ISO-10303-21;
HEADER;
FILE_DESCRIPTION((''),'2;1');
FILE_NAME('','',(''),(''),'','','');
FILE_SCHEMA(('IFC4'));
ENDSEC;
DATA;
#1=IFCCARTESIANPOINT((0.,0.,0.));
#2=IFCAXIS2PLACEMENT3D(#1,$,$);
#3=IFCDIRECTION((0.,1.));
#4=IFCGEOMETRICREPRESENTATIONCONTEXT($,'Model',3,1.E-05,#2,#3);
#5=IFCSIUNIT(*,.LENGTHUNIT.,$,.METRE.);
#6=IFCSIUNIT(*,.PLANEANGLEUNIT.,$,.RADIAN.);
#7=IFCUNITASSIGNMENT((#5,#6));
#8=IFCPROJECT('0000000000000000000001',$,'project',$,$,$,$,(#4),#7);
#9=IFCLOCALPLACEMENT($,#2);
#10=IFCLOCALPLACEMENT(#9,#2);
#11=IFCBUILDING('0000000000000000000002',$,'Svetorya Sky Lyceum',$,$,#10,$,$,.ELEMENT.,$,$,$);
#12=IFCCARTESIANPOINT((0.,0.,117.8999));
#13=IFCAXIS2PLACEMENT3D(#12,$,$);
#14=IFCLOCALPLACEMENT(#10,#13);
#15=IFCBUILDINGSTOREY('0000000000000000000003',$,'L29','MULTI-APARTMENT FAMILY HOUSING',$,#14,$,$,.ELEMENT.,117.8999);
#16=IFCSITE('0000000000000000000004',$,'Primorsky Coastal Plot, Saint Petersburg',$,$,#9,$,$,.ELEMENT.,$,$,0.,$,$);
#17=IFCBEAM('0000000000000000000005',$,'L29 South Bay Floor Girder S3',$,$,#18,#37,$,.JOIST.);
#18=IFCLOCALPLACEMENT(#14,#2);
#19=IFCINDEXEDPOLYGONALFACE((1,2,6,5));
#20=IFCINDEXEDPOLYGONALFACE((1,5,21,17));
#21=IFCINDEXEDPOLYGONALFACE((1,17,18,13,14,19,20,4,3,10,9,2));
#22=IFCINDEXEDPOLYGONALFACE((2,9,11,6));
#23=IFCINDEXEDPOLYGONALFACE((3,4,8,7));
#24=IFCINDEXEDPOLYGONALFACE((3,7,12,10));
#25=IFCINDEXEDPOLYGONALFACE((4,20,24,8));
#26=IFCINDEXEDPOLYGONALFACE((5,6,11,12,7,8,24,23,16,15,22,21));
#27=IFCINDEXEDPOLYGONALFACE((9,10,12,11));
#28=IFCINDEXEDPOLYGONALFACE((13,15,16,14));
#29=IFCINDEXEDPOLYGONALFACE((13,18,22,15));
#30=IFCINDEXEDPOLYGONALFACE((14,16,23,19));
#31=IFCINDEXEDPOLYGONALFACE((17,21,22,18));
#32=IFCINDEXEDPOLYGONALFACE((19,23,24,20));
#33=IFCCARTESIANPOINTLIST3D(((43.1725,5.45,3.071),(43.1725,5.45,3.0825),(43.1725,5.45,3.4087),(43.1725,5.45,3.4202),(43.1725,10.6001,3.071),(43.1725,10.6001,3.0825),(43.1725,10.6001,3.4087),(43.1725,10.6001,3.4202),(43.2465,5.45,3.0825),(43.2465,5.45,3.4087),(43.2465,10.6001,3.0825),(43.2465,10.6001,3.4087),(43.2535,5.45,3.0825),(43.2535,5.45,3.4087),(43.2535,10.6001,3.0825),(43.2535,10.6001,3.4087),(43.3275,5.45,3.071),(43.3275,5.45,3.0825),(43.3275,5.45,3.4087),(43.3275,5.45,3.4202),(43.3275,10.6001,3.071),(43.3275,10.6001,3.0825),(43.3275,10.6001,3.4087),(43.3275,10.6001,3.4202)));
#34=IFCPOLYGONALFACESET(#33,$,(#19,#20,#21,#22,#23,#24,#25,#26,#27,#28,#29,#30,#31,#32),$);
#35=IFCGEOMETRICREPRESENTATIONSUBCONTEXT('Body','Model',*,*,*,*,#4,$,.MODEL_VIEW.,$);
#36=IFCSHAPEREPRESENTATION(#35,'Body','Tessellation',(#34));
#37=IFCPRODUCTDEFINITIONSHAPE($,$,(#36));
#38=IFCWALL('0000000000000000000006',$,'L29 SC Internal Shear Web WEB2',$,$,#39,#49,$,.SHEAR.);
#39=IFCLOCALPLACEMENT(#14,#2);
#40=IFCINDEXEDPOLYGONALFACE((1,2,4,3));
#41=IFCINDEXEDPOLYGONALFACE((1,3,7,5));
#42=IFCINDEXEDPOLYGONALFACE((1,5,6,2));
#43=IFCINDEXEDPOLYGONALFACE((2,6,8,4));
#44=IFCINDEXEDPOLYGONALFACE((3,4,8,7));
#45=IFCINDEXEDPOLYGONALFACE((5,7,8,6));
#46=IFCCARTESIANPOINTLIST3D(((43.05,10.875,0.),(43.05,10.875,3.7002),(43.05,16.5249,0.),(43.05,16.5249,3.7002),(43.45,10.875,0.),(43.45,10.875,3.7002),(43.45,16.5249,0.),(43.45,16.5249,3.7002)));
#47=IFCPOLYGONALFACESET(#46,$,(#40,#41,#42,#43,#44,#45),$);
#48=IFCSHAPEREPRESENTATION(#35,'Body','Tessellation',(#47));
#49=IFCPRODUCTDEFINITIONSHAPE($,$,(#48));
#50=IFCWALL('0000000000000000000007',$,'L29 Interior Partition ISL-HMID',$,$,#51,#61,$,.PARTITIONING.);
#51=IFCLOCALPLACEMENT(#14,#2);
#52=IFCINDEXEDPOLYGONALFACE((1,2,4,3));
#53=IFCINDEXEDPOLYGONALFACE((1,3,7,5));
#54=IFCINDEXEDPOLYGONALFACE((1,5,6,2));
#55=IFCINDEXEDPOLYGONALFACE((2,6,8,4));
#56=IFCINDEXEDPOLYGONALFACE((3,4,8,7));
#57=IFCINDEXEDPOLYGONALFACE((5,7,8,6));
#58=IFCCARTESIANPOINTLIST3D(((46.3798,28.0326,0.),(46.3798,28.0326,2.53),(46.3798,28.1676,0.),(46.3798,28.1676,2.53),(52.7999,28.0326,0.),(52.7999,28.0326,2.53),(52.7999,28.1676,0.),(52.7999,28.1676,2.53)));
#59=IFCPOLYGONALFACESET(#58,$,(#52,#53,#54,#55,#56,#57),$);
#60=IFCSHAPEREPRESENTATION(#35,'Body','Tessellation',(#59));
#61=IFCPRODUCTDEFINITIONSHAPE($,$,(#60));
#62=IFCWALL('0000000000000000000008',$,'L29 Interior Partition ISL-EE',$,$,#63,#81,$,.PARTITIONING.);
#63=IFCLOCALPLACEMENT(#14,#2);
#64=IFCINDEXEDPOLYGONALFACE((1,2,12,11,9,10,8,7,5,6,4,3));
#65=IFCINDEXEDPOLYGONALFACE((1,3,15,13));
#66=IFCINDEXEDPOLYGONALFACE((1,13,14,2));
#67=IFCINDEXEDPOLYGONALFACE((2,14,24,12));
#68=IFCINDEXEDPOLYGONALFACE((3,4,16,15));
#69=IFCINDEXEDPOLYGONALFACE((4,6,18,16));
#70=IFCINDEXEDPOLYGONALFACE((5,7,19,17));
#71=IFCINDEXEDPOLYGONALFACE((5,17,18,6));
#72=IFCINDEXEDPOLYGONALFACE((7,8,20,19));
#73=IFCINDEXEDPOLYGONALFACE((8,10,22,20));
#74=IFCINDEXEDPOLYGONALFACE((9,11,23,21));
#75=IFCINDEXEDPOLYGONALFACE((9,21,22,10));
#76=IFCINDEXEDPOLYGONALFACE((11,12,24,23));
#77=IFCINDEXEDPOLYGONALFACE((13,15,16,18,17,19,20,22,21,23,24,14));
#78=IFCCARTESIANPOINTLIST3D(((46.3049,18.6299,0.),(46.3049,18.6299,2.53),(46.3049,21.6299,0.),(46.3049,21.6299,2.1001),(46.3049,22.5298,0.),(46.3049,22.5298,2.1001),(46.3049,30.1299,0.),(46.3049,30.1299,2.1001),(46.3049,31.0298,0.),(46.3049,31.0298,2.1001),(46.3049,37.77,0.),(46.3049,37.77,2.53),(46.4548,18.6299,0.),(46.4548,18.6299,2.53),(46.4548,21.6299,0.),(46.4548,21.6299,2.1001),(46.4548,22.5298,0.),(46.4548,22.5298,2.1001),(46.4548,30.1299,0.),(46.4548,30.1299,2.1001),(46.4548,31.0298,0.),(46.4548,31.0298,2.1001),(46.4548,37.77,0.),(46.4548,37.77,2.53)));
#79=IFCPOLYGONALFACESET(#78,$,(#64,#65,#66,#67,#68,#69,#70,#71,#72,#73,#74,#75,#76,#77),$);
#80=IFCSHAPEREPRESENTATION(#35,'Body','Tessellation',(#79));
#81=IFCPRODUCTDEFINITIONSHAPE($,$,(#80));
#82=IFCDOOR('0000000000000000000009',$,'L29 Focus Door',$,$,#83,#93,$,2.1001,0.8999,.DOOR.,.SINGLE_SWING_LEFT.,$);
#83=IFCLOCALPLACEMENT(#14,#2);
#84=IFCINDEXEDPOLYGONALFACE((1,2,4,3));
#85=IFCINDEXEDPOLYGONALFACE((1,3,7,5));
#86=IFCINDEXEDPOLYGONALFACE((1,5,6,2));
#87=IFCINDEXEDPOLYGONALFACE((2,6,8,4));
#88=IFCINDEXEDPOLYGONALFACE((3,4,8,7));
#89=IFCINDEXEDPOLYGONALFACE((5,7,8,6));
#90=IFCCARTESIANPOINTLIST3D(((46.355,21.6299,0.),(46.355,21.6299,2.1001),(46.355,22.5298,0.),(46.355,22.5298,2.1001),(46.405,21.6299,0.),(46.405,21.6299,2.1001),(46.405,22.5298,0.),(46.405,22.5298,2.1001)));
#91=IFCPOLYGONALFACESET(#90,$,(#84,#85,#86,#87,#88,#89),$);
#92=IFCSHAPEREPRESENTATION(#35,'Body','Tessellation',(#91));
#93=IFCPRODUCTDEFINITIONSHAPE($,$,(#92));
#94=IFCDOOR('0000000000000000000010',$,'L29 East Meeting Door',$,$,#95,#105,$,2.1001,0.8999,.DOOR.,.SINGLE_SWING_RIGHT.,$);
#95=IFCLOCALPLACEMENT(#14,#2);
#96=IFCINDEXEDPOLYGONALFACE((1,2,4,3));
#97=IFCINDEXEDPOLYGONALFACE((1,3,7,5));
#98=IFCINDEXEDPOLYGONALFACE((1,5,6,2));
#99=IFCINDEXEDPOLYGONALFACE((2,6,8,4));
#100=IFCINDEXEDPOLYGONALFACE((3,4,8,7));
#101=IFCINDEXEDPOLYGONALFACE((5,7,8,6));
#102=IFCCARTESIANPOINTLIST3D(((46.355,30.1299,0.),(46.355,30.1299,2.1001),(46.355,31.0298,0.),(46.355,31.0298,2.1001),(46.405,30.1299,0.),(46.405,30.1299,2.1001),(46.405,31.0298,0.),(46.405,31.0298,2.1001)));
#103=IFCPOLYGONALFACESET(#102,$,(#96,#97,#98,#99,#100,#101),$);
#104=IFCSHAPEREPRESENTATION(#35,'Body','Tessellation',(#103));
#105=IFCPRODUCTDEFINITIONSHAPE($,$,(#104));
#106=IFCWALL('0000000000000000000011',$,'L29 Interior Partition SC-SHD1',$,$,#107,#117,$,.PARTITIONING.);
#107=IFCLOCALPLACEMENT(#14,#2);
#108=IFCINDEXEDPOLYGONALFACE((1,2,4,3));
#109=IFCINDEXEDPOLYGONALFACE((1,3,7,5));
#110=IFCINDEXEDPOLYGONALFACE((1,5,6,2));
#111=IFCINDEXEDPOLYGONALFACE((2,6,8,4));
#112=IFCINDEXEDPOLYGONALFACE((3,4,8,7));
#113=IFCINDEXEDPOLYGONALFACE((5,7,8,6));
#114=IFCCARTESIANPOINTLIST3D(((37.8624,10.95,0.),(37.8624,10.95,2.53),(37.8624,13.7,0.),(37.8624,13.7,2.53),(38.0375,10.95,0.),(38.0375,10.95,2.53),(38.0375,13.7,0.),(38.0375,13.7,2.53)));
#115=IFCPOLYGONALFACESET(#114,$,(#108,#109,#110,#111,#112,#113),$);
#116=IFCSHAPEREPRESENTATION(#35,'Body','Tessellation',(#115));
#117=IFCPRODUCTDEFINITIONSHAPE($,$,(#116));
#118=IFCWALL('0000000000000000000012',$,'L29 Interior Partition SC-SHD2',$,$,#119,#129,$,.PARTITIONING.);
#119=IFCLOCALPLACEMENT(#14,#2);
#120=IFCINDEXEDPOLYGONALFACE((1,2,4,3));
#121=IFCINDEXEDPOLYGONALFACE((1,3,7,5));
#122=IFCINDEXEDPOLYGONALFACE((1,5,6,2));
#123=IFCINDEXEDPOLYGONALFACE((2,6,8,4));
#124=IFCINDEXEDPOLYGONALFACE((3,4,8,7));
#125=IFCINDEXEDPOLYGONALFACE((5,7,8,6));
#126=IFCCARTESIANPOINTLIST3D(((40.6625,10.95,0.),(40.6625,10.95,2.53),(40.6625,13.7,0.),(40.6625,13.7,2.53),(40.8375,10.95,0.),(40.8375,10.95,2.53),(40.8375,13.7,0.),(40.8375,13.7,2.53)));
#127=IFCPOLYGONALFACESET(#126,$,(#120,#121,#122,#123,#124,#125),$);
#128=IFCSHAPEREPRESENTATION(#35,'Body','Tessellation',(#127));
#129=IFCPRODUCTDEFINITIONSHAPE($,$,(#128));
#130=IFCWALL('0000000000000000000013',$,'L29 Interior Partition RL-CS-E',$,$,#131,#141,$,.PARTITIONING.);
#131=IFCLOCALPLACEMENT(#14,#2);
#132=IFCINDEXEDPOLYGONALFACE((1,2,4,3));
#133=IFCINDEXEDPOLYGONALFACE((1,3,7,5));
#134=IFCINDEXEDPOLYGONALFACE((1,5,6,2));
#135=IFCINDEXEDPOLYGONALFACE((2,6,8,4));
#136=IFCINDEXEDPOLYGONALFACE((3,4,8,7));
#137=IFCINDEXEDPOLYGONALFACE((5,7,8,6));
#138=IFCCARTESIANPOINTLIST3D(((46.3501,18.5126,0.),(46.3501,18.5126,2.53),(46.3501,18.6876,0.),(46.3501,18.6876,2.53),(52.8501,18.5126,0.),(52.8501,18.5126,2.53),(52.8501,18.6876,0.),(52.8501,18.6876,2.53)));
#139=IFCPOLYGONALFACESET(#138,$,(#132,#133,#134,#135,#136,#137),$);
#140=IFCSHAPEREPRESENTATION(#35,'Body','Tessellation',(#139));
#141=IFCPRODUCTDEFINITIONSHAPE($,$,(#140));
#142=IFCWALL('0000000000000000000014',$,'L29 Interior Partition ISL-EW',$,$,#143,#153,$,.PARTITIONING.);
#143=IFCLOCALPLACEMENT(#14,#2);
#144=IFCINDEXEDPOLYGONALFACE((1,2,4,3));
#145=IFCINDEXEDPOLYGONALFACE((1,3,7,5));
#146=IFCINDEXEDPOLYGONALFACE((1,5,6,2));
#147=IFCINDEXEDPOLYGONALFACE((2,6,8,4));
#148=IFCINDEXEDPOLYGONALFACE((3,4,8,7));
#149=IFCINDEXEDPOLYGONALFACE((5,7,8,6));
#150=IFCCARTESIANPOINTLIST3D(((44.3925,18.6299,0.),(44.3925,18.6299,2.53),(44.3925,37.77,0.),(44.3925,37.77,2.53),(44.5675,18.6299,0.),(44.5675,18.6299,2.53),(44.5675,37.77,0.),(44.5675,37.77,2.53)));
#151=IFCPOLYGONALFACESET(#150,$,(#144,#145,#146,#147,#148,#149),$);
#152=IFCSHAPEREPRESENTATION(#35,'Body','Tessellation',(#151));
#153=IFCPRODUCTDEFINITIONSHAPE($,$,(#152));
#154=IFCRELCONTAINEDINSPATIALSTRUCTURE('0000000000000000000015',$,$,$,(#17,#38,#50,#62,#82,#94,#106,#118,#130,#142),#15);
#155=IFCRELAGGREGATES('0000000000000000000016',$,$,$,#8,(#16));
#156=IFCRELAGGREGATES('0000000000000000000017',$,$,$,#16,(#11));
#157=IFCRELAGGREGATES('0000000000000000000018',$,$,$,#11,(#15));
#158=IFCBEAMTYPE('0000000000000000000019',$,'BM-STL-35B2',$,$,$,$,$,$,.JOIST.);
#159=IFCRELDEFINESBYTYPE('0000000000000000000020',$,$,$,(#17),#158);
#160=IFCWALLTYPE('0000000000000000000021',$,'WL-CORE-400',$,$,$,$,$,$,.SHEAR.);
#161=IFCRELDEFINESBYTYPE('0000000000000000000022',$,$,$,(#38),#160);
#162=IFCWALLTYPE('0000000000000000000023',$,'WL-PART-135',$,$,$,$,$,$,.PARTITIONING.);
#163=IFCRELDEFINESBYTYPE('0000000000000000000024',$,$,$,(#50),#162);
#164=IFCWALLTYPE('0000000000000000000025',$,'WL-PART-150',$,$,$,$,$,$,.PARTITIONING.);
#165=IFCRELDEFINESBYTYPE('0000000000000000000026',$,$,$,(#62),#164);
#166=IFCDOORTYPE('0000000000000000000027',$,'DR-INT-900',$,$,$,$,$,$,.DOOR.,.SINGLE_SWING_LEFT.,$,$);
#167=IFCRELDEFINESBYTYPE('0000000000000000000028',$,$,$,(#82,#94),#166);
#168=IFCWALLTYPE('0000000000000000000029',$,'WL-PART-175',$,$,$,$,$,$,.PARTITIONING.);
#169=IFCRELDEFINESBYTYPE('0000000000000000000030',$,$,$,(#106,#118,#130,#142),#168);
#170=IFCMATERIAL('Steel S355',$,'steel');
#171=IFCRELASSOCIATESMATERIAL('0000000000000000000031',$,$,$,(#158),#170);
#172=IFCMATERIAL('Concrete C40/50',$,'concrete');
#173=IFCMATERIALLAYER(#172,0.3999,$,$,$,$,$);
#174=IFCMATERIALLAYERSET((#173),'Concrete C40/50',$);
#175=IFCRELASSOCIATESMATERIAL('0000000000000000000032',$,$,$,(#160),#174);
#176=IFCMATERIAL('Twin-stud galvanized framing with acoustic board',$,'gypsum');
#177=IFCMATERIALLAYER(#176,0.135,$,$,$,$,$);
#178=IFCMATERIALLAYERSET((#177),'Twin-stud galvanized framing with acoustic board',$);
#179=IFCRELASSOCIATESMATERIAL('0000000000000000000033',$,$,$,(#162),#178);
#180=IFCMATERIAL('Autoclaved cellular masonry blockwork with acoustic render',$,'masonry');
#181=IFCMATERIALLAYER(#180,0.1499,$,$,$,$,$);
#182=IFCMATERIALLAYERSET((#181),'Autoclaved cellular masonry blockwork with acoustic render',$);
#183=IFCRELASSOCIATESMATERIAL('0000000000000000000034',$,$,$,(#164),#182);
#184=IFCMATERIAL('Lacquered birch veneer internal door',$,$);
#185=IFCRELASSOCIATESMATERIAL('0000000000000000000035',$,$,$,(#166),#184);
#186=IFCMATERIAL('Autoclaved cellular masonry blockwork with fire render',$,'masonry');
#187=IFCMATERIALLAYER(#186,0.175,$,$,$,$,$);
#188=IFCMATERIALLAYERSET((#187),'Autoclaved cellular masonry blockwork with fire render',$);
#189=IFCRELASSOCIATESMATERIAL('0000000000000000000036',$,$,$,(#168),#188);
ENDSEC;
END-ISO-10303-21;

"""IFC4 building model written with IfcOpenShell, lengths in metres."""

from ifc_helpers import new_model, si_unit, direction, frame, frame_2d, origin, origin_2d, place, context, subcontext, project, spatial, rectangle, i_section, extrude, material, layer, layer_set, material_profile, profile_set, type_object, element, fill, save


model = new_model("IFC4")

# Units and contexts
model_context = context("Model", 3, precision=1e-05, world=origin(), true_north=direction((0.0, 1.0)))
body_context = subcontext(model_context, "Body", "Model", "MODEL_VIEW")
ifc_project = project(units=[si_unit("LENGTHUNIT", "METRE"), si_unit("PLANEANGLEUNIT", "RADIAN")], contexts=[model_context])

# Site, building, storey
site_placement = place(None, origin())
site = spatial("IfcSite", under=ifc_project, at=site_placement, Name="Primorsky Coastal Plot, Saint Petersburg", CompositionType="ELEMENT", RefElevation=0.0)
building_placement = place(site_placement, origin())
building = spatial("IfcBuilding", under=site, at=building_placement, Name="Svetorya Sky Lyceum", CompositionType="ELEMENT")
storey_placement = place(building_placement, frame((0.0, 0.0, 117.8999)))
storey = spatial("IfcBuildingStorey", under=building, at=storey_placement, Name="L29", Description="MULTI-APARTMENT FAMILY HOUSING", CompositionType="ELEMENT", Elevation=117.8999)

# Beam
ifc_material_1 = material(Name="Steel S355", Category="steel")
ifc_material_profile_1 = material_profile(ifc_material_1, i_section(OverallWidth=0.155, OverallDepth=0.3491, WebThickness=0.0071, FlangeThickness=0.0115, at=origin_2d()), Name="GOST 35B2")
ifc_profile_set_1 = profile_set([ifc_material_profile_1], Name="Steel S355")
beam_type_1 = type_object("IfcBeamType", Name="BM-STL-35B2", PredefinedType="JOIST", material=ifc_profile_set_1)
for number, where, z_axis, x_axis, name in (
    (1, (43.25, 5.45, 3.2456), (0.0, 1.0, 0.0), (-1.0, 0.0, 0.0), "L29 South Bay Floor Girder S3"),
):
    element("IfcBeam", number, at=place(storey_placement, frame(where, z_axis=z_axis, x_axis=x_axis)), inside=storey, type_object=beam_type_1, Name=name, PredefinedType="JOIST", context=body_context, shape_type="SweptSolid", body=[
        extrude(i_section(OverallWidth=0.155, OverallDepth=0.3491, WebThickness=0.0071, FlangeThickness=0.0115, at=origin_2d()), origin(), (0.0, 0.0, 1.0), 5.1501),
    ])

# Walls
ifc_material_2 = material(Name="Concrete C40/50", Category="concrete")
ifc_layer_1 = layer(ifc_material_2, 0.3999)
ifc_layer_set_1 = layer_set([ifc_layer_1], Name="Concrete C40/50")
wall_type_1 = type_object("IfcWallType", Name="WL-CORE-400", PredefinedType="SHEAR", material=ifc_layer_set_1)
wall_1_placement = place(storey_placement, frame((43.25, 10.875, 0.0), z_axis=(0.0, 0.0, 1.0), x_axis=(0.0, 1.0, 0.0)))
element("IfcWall", 2, at=wall_1_placement, inside=storey, type_object=wall_type_1, Name="L29 SC Internal Shear Web WEB2", PredefinedType="SHEAR", context=body_context, shape_type="SweptSolid", body=[
    extrude(rectangle(XDim=5.6499, YDim=0.3999, at=frame_2d((2.825, 0.0))), origin(), (0.0, 0.0, 1.0), 3.7002),
])
ifc_material_3 = material(Name="Twin-stud galvanized framing with acoustic board", Category="gypsum")
ifc_layer_2 = layer(ifc_material_3, 0.135)
ifc_layer_set_2 = layer_set([ifc_layer_2], Name="Twin-stud galvanized framing with acoustic board")
wall_type_2 = type_object("IfcWallType", Name="WL-PART-135", PredefinedType="PARTITIONING", material=ifc_layer_set_2)
wall_2_placement = place(storey_placement, frame((46.3799, 28.1001, 0.0), z_axis=(0.0, 0.0, 1.0), x_axis=(1.0, 0.0, 0.0)))
element("IfcWall", 3, at=wall_2_placement, inside=storey, type_object=wall_type_2, Name="L29 Interior Partition ISL-HMID", PredefinedType="PARTITIONING", context=body_context, shape_type="SweptSolid", body=[
    extrude(rectangle(XDim=6.4202, YDim=0.135, at=frame_2d((3.21, 0.0))), origin(), (0.0, 0.0, 1.0), 2.53),
])

# Wall, openings, doors
ifc_material_4 = material(Name="Autoclaved cellular masonry blockwork with acoustic render", Category="masonry")
ifc_layer_3 = layer(ifc_material_4, 0.1499)
ifc_layer_set_3 = layer_set([ifc_layer_3], Name="Autoclaved cellular masonry blockwork with acoustic render")
wall_type_3 = type_object("IfcWallType", Name="WL-PART-150", PredefinedType="PARTITIONING", material=ifc_layer_set_3)
wall_3_placement = place(storey_placement, frame((46.3799, 18.6299, 0.0), z_axis=(0.0, 0.0, 1.0), x_axis=(0.0, 1.0, 0.0)))
wall_3 = element("IfcWall", 4, at=wall_3_placement, inside=storey, type_object=wall_type_3, Name="L29 Interior Partition ISL-EE", PredefinedType="PARTITIONING", context=body_context, shape_type="SweptSolid", body=[
    extrude(rectangle(XDim=19.1401, YDim=0.1499, at=frame_2d((9.5701, 0.0))), origin(), (0.0, 0.0, 1.0), 2.53),
])
opening_1_placement = place(wall_3_placement, frame((3.0, 0.0, 0.0)))
opening_1 = element("IfcOpeningElement", 5, at=opening_1_placement, cuts=wall_3, PredefinedType="OPENING", context=body_context, shape_type="SweptSolid", body=[
    extrude(rectangle(XDim=0.8999, YDim=2.1001, at=frame_2d((0.45, 1.05))), frame((0.0, 0.085, 0.0), z_axis=(0.0, -1.0, 0.0), x_axis=(1.0, 0.0, 0.0)), (0.0, 0.0, 1.0), 0.1699),
])
opening_2_placement = place(wall_3_placement, frame((11.5, 0.0, 0.0)))
opening_2 = element("IfcOpeningElement", 6, at=opening_2_placement, cuts=wall_3, PredefinedType="OPENING", context=body_context, shape_type="SweptSolid", body=[
    extrude(rectangle(XDim=0.8999, YDim=2.1001, at=frame_2d((0.45, 1.05))), frame((0.0, 0.085, 0.0), z_axis=(0.0, -1.0, 0.0), x_axis=(1.0, 0.0, 0.0)), (0.0, 0.0, 1.0), 0.1699),
])
ifc_material_5 = material(Name="Lacquered birch veneer internal door")
door_type_1 = type_object("IfcDoorType", Name="DR-INT-900", OperationType="SINGLE_SWING_LEFT", PredefinedType="DOOR", material=ifc_material_5)
door_1_placement = place(opening_1_placement, origin())
door_1 = element("IfcDoor", 7, at=door_1_placement, inside=storey, type_object=door_type_1, Name="L29 Focus Door", OperationType="SINGLE_SWING_LEFT", OverallHeight=2.1001, OverallWidth=0.8999, PredefinedType="DOOR", context=body_context, shape_type="SweptSolid", body=[
    extrude(rectangle(XDim=0.8999, YDim=2.1001, at=frame_2d((0.45, 1.05))), frame((0.0, 0.0249, 0.0), z_axis=(0.0, -1.0, 0.0), x_axis=(1.0, 0.0, 0.0)), (0.0, 0.0, 1.0), 0.05),
])
fill(opening_1, door_1)
door_2_placement = place(opening_2_placement, origin())
door_2 = element("IfcDoor", 8, at=door_2_placement, inside=storey, type_object=door_type_1, Name="L29 East Meeting Door", OperationType="SINGLE_SWING_RIGHT", OverallHeight=2.1001, OverallWidth=0.8999, PredefinedType="DOOR", context=body_context, shape_type="SweptSolid", body=[
    extrude(rectangle(XDim=0.8999, YDim=2.1001, at=frame_2d((0.45, 1.05))), frame((0.0, 0.0249, 0.0), z_axis=(0.0, -1.0, 0.0), x_axis=(1.0, 0.0, 0.0)), (0.0, 0.0, 1.0), 0.05),
])
fill(opening_2, door_2)

# Walls
ifc_material_6 = material(Name="Autoclaved cellular masonry blockwork with fire render", Category="masonry")
ifc_layer_4 = layer(ifc_material_6, 0.175)
ifc_layer_set_4 = layer_set([ifc_layer_4], Name="Autoclaved cellular masonry blockwork with fire render")
wall_type_4 = type_object("IfcWallType", Name="WL-PART-175", PredefinedType="PARTITIONING", material=ifc_layer_set_4)
for number, where, z_axis, x_axis, name in (
    (9, (37.95, 10.95, 0.0), (0.0, 0.0, 1.0), (0.0, 1.0, 0.0), "L29 Interior Partition SC-SHD1"),
    (10, (40.75, 10.95, 0.0), (0.0, 0.0, 1.0), (0.0, 1.0, 0.0), "L29 Interior Partition SC-SHD2"),
):
    element("IfcWall", number, at=place(storey_placement, frame(where, z_axis=z_axis, x_axis=x_axis)), inside=storey, type_object=wall_type_4, Name=name, PredefinedType="PARTITIONING", context=body_context, shape_type="SweptSolid", body=[
        extrude(rectangle(XDim=2.75, YDim=0.175, at=frame_2d((1.375, 0.0))), origin(), (0.0, 0.0, 1.0), 2.53),
    ])
wall_4_placement = place(storey_placement, frame((46.3501, 18.6001, 0.0), z_axis=(0.0, 0.0, 1.0), x_axis=(1.0, 0.0, 0.0)))
element("IfcWall", 11, at=wall_4_placement, inside=storey, type_object=wall_type_4, Name="L29 Interior Partition RL-CS-E", PredefinedType="PARTITIONING", context=body_context, shape_type="SweptSolid", body=[
    extrude(rectangle(XDim=6.5, YDim=0.175, at=frame_2d((3.25, 0.0))), origin(), (0.0, 0.0, 1.0), 2.53),
])
wall_5_placement = place(storey_placement, frame((44.48, 18.6299, 0.0), z_axis=(0.0, 0.0, 1.0), x_axis=(0.0, 1.0, 0.0)))
element("IfcWall", 12, at=wall_5_placement, inside=storey, type_object=wall_type_4, Name="L29 Interior Partition ISL-EW", PredefinedType="PARTITIONING", context=body_context, shape_type="SweptSolid", body=[
    extrude(rectangle(XDim=19.1401, YDim=0.175, at=frame_2d((9.5701, 0.0))), origin(), (0.0, 0.0, 1.0), 2.53),
])

save(model, "model.ifc")
